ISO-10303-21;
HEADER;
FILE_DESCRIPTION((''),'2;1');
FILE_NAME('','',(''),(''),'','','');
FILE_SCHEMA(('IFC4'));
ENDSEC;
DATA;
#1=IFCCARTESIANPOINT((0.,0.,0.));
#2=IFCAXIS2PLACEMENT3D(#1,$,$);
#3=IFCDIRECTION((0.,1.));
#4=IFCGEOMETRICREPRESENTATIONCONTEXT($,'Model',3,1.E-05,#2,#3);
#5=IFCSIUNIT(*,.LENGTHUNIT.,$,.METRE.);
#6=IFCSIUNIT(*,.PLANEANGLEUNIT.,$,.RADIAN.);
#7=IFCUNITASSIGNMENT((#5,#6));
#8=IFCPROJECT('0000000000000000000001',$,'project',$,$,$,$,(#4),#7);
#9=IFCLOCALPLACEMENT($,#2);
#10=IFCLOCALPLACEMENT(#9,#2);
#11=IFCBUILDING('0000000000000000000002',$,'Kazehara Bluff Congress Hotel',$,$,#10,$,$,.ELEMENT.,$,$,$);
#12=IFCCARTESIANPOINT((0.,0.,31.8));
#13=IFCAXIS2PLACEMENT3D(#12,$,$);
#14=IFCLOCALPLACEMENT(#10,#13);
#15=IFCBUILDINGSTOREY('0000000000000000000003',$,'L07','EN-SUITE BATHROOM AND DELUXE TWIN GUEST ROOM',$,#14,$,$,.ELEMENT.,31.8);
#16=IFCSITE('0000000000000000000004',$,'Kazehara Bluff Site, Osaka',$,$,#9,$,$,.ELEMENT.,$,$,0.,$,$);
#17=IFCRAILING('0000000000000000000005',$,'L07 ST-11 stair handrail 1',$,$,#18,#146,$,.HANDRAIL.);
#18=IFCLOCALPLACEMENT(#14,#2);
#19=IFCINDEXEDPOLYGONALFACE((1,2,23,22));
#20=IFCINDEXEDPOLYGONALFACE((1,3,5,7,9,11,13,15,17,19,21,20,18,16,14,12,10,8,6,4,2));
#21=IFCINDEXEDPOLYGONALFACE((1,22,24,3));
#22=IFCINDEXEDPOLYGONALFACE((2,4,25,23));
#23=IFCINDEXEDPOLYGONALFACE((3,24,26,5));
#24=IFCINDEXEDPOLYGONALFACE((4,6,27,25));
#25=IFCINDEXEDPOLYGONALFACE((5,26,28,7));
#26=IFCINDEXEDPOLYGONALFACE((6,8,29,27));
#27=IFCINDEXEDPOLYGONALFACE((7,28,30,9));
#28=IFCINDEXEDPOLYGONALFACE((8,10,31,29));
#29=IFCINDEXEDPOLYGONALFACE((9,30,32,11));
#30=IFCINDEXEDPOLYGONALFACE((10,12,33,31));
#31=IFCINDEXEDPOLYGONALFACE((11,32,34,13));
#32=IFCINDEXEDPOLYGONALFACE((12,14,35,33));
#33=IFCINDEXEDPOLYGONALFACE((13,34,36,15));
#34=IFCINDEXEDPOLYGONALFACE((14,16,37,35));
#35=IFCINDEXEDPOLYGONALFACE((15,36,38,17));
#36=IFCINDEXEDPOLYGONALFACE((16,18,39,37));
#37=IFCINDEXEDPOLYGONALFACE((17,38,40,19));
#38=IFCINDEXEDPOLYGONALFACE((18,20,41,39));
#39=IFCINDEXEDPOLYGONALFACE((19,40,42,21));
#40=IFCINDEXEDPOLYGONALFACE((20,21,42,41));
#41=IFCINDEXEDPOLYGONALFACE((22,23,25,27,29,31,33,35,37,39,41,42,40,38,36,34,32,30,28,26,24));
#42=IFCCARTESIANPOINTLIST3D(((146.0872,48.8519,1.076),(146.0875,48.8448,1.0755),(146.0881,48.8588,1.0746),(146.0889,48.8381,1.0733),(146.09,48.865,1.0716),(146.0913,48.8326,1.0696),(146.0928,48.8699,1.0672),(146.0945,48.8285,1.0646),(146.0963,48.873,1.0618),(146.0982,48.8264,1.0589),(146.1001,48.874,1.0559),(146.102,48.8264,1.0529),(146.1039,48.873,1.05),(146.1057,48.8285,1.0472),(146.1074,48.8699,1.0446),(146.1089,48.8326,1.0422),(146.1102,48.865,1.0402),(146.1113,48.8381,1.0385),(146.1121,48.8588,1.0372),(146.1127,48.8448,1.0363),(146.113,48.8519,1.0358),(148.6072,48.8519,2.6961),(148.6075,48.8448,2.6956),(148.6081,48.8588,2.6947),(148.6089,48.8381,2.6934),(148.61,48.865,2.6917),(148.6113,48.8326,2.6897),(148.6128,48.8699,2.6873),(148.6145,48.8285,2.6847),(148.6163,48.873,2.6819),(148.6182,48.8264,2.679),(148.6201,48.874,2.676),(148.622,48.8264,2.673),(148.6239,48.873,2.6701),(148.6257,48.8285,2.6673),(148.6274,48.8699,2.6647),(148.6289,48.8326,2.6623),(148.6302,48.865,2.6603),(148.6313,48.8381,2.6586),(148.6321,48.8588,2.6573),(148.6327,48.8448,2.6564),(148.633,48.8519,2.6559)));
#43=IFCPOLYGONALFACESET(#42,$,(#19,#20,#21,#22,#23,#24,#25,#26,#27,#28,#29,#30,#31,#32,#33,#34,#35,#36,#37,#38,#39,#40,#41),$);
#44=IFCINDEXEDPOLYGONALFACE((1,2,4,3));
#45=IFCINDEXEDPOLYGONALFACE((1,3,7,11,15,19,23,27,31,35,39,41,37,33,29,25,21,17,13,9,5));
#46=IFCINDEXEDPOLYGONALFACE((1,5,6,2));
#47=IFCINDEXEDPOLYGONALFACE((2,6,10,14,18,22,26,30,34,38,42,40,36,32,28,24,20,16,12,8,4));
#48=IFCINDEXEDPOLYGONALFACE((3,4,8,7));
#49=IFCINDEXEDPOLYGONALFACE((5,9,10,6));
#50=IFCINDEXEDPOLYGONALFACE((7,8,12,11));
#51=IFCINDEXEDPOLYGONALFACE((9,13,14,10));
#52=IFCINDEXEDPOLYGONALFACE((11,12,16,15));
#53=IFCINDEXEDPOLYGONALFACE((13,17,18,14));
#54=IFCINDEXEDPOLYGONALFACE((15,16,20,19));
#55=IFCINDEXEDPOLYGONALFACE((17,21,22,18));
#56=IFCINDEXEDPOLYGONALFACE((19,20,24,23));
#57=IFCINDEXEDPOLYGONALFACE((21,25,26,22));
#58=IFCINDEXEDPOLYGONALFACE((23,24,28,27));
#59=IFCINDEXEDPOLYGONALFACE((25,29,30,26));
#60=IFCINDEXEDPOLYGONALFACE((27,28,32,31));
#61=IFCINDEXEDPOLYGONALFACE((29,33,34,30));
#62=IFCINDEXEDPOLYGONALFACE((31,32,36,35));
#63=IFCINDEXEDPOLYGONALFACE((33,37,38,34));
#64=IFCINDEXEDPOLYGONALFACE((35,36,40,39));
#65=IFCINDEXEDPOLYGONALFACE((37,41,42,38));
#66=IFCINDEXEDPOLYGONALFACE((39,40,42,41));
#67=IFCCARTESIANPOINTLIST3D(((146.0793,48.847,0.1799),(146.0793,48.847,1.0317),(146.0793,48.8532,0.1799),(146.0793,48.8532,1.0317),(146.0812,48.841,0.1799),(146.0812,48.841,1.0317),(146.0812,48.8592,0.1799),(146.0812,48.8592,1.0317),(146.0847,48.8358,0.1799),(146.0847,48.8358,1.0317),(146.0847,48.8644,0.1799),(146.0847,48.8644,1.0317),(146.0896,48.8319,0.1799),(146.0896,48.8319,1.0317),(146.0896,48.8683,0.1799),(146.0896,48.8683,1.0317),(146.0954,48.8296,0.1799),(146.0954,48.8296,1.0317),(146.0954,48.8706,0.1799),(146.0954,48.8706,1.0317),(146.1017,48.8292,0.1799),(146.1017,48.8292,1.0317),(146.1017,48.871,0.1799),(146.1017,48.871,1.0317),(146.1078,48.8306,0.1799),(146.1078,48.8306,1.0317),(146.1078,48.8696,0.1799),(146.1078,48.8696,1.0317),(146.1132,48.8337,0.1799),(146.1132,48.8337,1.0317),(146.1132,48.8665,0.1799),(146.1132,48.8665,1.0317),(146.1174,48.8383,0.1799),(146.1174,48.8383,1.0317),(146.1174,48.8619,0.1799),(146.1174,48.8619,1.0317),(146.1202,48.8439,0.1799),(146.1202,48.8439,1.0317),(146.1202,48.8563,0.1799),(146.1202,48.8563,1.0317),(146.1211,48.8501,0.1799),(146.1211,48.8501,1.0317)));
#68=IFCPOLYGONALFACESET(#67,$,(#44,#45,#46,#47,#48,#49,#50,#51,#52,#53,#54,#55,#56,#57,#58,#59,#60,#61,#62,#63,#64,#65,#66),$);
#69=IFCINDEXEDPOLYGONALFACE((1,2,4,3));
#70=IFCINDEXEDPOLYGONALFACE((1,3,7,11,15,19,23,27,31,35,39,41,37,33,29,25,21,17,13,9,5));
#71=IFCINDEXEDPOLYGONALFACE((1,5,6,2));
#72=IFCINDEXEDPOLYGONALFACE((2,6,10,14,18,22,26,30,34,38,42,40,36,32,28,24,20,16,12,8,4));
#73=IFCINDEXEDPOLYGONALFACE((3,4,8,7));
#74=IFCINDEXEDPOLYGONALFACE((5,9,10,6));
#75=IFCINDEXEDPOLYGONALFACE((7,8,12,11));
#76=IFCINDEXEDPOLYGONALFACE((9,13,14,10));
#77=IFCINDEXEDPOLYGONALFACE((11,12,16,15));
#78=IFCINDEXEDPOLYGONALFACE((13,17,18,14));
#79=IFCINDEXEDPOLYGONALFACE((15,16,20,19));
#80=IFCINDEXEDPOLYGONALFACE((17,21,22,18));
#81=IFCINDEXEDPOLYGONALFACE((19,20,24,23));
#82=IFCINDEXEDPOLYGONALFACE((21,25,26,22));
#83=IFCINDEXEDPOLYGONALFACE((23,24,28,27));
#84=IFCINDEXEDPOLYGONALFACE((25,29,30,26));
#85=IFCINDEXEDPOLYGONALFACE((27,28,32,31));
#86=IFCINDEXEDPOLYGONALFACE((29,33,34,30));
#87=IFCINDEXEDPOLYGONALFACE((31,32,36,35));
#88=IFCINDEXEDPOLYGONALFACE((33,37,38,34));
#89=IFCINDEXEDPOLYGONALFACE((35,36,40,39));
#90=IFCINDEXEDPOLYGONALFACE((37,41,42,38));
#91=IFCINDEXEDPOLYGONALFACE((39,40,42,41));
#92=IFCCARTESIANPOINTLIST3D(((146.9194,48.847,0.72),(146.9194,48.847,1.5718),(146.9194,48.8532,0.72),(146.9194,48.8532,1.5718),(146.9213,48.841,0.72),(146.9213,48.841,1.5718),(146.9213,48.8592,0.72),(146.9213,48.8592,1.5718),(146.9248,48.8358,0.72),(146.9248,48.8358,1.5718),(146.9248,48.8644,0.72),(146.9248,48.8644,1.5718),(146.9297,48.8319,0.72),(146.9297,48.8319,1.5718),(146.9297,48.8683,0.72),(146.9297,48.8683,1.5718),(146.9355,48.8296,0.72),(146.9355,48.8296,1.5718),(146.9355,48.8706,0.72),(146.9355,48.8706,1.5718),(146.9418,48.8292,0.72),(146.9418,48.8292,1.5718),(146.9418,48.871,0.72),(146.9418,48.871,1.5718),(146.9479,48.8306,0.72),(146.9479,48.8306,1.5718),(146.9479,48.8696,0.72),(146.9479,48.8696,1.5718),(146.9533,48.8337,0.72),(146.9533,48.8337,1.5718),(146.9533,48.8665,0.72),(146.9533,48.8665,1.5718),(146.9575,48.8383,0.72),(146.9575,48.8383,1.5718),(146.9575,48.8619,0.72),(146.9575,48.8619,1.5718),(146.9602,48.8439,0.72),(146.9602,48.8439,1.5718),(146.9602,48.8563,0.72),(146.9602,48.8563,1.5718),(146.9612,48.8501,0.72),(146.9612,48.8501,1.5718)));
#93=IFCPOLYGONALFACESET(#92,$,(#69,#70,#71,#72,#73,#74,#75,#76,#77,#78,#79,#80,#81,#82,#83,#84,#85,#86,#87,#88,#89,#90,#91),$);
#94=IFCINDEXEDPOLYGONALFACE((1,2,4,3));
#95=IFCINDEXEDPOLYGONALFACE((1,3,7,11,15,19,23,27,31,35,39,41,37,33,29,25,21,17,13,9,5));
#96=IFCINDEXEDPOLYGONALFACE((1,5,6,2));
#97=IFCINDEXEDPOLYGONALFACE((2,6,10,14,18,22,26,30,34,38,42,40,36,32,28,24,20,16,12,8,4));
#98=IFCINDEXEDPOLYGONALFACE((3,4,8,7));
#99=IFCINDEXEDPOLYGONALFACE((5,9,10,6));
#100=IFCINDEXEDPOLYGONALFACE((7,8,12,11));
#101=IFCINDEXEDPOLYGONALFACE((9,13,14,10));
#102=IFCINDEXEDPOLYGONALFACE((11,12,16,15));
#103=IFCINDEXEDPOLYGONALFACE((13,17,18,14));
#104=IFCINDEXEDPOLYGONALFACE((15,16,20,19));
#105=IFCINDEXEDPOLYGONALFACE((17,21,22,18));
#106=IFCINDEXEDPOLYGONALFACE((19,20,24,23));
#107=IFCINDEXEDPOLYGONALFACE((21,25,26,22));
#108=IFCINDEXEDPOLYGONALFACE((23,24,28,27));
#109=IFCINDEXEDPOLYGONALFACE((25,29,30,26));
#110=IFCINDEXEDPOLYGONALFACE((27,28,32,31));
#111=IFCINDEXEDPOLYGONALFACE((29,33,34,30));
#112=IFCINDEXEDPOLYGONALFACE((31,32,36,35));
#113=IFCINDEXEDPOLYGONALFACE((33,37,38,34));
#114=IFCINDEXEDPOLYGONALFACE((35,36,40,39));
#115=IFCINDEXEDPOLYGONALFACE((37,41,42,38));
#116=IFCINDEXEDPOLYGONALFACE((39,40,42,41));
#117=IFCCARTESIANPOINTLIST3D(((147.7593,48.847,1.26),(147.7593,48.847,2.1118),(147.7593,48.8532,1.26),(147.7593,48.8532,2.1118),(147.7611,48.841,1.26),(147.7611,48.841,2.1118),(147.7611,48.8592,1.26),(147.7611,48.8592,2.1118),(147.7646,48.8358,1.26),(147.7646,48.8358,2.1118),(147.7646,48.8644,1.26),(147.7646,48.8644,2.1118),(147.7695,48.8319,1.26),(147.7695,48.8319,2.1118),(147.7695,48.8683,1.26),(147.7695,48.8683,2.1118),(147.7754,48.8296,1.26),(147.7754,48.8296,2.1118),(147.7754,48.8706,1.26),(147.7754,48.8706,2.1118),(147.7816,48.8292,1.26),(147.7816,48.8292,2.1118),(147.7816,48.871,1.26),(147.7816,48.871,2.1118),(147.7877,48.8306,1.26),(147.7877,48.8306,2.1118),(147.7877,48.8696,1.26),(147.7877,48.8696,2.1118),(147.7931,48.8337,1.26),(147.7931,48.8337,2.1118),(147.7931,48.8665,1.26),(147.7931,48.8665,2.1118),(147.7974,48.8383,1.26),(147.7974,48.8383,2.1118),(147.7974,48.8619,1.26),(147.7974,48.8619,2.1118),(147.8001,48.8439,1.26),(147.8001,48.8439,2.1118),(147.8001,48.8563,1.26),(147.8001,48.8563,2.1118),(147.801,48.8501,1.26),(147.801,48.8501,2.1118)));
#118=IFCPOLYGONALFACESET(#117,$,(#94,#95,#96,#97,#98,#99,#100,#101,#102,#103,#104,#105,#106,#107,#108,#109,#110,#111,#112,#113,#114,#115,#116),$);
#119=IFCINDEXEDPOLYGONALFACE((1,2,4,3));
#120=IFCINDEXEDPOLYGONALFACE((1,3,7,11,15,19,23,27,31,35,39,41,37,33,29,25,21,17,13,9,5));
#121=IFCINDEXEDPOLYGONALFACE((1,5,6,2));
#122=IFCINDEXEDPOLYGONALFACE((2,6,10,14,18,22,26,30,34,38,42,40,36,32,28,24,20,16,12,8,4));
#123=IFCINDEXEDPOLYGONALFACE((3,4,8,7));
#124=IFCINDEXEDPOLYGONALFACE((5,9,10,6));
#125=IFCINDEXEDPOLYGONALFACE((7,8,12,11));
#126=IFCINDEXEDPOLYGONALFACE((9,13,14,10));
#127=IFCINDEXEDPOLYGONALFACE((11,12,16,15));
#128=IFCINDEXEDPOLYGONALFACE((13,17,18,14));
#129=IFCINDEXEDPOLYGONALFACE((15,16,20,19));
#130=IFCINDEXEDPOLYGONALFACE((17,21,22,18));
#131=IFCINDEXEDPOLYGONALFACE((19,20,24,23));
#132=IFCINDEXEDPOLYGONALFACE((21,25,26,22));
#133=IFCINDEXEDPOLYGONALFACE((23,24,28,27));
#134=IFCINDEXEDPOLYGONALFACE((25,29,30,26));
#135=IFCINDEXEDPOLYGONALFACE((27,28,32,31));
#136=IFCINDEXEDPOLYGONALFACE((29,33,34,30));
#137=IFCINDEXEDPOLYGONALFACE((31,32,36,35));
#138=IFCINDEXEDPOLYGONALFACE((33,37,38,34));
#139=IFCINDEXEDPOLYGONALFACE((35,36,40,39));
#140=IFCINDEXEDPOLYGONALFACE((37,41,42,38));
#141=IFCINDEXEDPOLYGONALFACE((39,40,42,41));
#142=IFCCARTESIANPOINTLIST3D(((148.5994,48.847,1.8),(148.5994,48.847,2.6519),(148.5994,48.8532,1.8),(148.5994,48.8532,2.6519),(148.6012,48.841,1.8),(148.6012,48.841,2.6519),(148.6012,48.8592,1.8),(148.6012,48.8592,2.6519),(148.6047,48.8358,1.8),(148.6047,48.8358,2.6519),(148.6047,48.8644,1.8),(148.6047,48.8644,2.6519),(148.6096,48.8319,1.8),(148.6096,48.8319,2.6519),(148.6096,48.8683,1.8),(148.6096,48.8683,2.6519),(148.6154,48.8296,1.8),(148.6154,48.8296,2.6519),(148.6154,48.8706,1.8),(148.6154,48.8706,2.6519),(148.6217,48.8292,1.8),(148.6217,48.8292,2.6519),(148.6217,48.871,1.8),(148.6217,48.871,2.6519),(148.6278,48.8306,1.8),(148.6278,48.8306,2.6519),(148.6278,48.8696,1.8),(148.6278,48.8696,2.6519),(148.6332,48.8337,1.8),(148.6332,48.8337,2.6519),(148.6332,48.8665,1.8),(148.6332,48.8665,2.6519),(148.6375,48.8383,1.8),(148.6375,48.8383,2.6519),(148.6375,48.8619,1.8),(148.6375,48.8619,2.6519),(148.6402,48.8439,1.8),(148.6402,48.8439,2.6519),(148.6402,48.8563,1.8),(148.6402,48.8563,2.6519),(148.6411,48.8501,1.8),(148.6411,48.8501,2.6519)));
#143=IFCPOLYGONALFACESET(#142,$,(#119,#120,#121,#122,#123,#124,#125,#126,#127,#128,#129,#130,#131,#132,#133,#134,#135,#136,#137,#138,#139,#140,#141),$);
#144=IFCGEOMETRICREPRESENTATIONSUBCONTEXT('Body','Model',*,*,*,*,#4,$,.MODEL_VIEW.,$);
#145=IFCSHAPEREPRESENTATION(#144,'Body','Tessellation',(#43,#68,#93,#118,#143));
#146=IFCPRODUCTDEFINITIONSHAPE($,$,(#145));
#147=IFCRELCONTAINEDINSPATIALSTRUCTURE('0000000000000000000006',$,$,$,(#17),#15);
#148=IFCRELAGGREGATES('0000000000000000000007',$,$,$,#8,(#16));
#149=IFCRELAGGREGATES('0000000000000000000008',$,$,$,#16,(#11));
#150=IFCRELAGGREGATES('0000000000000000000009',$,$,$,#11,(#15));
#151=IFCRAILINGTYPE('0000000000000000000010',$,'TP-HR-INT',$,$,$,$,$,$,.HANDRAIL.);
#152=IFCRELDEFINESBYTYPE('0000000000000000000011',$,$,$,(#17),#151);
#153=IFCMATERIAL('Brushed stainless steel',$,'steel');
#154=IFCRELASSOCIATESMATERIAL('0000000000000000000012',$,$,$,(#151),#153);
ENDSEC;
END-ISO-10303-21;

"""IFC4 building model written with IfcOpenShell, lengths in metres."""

from ifc_helpers import new_model, si_unit, direction, frame, origin, origin_2d, place, context, subcontext, project, spatial, circle, extrude, material, type_object, element, save


model = new_model("IFC4")

# Units and contexts
model_context = context("Model", 3, precision=1e-05, world=origin(), true_north=direction((0.0, 1.0)))
body_context = subcontext(model_context, "Body", "Model", "MODEL_VIEW")
ifc_project = project(units=[si_unit("LENGTHUNIT", "METRE"), si_unit("PLANEANGLEUNIT", "RADIAN")], contexts=[model_context])

# Site, building, storey
site_placement = place(None, origin())
site = spatial("IfcSite", under=ifc_project, at=site_placement, Name="Kazehara Bluff Site, Osaka", CompositionType="ELEMENT", RefElevation=0.0)
building_placement = place(site_placement, origin())
building = spatial("IfcBuilding", under=site, at=building_placement, Name="Kazehara Bluff Congress Hotel", CompositionType="ELEMENT")
storey_placement = place(building_placement, frame((0.0, 0.0, 31.8)))
storey = spatial("IfcBuildingStorey", under=building, at=storey_placement, Name="L07", Description="EN-SUITE BATHROOM AND DELUXE TWIN GUEST ROOM", CompositionType="ELEMENT", Elevation=31.8)

# Railing
ifc_material_1 = material(Name="Brushed stainless steel", Category="steel")
railing_type_1 = type_object("IfcRailingType", Name="TP-HR-INT", PredefinedType="HANDRAIL", material=ifc_material_1)
railing_1_placement = place(storey_placement, frame((146.1001, 48.8501, 0.1799)))
element("IfcRailing", 1, at=railing_1_placement, inside=storey, type_object=railing_type_1, Name="L07 ST-11 stair handrail 1", PredefinedType="HANDRAIL", context=body_context, shape_type="SweptSolid", body=[
    extrude(circle(Radius=0.0239, at=origin_2d()), frame((0.0, 0.0, 0.876), z_axis=(0.841163, 0.0, 0.540782), x_axis=(0.0, 1.0, 0.0)), (0.0, 0.0, 1.0), 2.9958),
    extrude(circle(Radius=0.021, at=origin_2d()), origin(), (0.0, 0.0, 1.0), 0.8518),
    extrude(circle(Radius=0.021, at=origin_2d()), frame((0.8401, 0.0, 0.54)), (0.0, 0.0, 1.0), 0.8518),
    extrude(circle(Radius=0.021, at=origin_2d()), frame((1.6799, 0.0, 1.0801)), (0.0, 0.0, 1.0), 0.8518),
    extrude(circle(Radius=0.021, at=origin_2d()), frame((2.52, 0.0, 1.6201)), (0.0, 0.0, 1.0), 0.8518),
])

save(model, "model.ifc")
